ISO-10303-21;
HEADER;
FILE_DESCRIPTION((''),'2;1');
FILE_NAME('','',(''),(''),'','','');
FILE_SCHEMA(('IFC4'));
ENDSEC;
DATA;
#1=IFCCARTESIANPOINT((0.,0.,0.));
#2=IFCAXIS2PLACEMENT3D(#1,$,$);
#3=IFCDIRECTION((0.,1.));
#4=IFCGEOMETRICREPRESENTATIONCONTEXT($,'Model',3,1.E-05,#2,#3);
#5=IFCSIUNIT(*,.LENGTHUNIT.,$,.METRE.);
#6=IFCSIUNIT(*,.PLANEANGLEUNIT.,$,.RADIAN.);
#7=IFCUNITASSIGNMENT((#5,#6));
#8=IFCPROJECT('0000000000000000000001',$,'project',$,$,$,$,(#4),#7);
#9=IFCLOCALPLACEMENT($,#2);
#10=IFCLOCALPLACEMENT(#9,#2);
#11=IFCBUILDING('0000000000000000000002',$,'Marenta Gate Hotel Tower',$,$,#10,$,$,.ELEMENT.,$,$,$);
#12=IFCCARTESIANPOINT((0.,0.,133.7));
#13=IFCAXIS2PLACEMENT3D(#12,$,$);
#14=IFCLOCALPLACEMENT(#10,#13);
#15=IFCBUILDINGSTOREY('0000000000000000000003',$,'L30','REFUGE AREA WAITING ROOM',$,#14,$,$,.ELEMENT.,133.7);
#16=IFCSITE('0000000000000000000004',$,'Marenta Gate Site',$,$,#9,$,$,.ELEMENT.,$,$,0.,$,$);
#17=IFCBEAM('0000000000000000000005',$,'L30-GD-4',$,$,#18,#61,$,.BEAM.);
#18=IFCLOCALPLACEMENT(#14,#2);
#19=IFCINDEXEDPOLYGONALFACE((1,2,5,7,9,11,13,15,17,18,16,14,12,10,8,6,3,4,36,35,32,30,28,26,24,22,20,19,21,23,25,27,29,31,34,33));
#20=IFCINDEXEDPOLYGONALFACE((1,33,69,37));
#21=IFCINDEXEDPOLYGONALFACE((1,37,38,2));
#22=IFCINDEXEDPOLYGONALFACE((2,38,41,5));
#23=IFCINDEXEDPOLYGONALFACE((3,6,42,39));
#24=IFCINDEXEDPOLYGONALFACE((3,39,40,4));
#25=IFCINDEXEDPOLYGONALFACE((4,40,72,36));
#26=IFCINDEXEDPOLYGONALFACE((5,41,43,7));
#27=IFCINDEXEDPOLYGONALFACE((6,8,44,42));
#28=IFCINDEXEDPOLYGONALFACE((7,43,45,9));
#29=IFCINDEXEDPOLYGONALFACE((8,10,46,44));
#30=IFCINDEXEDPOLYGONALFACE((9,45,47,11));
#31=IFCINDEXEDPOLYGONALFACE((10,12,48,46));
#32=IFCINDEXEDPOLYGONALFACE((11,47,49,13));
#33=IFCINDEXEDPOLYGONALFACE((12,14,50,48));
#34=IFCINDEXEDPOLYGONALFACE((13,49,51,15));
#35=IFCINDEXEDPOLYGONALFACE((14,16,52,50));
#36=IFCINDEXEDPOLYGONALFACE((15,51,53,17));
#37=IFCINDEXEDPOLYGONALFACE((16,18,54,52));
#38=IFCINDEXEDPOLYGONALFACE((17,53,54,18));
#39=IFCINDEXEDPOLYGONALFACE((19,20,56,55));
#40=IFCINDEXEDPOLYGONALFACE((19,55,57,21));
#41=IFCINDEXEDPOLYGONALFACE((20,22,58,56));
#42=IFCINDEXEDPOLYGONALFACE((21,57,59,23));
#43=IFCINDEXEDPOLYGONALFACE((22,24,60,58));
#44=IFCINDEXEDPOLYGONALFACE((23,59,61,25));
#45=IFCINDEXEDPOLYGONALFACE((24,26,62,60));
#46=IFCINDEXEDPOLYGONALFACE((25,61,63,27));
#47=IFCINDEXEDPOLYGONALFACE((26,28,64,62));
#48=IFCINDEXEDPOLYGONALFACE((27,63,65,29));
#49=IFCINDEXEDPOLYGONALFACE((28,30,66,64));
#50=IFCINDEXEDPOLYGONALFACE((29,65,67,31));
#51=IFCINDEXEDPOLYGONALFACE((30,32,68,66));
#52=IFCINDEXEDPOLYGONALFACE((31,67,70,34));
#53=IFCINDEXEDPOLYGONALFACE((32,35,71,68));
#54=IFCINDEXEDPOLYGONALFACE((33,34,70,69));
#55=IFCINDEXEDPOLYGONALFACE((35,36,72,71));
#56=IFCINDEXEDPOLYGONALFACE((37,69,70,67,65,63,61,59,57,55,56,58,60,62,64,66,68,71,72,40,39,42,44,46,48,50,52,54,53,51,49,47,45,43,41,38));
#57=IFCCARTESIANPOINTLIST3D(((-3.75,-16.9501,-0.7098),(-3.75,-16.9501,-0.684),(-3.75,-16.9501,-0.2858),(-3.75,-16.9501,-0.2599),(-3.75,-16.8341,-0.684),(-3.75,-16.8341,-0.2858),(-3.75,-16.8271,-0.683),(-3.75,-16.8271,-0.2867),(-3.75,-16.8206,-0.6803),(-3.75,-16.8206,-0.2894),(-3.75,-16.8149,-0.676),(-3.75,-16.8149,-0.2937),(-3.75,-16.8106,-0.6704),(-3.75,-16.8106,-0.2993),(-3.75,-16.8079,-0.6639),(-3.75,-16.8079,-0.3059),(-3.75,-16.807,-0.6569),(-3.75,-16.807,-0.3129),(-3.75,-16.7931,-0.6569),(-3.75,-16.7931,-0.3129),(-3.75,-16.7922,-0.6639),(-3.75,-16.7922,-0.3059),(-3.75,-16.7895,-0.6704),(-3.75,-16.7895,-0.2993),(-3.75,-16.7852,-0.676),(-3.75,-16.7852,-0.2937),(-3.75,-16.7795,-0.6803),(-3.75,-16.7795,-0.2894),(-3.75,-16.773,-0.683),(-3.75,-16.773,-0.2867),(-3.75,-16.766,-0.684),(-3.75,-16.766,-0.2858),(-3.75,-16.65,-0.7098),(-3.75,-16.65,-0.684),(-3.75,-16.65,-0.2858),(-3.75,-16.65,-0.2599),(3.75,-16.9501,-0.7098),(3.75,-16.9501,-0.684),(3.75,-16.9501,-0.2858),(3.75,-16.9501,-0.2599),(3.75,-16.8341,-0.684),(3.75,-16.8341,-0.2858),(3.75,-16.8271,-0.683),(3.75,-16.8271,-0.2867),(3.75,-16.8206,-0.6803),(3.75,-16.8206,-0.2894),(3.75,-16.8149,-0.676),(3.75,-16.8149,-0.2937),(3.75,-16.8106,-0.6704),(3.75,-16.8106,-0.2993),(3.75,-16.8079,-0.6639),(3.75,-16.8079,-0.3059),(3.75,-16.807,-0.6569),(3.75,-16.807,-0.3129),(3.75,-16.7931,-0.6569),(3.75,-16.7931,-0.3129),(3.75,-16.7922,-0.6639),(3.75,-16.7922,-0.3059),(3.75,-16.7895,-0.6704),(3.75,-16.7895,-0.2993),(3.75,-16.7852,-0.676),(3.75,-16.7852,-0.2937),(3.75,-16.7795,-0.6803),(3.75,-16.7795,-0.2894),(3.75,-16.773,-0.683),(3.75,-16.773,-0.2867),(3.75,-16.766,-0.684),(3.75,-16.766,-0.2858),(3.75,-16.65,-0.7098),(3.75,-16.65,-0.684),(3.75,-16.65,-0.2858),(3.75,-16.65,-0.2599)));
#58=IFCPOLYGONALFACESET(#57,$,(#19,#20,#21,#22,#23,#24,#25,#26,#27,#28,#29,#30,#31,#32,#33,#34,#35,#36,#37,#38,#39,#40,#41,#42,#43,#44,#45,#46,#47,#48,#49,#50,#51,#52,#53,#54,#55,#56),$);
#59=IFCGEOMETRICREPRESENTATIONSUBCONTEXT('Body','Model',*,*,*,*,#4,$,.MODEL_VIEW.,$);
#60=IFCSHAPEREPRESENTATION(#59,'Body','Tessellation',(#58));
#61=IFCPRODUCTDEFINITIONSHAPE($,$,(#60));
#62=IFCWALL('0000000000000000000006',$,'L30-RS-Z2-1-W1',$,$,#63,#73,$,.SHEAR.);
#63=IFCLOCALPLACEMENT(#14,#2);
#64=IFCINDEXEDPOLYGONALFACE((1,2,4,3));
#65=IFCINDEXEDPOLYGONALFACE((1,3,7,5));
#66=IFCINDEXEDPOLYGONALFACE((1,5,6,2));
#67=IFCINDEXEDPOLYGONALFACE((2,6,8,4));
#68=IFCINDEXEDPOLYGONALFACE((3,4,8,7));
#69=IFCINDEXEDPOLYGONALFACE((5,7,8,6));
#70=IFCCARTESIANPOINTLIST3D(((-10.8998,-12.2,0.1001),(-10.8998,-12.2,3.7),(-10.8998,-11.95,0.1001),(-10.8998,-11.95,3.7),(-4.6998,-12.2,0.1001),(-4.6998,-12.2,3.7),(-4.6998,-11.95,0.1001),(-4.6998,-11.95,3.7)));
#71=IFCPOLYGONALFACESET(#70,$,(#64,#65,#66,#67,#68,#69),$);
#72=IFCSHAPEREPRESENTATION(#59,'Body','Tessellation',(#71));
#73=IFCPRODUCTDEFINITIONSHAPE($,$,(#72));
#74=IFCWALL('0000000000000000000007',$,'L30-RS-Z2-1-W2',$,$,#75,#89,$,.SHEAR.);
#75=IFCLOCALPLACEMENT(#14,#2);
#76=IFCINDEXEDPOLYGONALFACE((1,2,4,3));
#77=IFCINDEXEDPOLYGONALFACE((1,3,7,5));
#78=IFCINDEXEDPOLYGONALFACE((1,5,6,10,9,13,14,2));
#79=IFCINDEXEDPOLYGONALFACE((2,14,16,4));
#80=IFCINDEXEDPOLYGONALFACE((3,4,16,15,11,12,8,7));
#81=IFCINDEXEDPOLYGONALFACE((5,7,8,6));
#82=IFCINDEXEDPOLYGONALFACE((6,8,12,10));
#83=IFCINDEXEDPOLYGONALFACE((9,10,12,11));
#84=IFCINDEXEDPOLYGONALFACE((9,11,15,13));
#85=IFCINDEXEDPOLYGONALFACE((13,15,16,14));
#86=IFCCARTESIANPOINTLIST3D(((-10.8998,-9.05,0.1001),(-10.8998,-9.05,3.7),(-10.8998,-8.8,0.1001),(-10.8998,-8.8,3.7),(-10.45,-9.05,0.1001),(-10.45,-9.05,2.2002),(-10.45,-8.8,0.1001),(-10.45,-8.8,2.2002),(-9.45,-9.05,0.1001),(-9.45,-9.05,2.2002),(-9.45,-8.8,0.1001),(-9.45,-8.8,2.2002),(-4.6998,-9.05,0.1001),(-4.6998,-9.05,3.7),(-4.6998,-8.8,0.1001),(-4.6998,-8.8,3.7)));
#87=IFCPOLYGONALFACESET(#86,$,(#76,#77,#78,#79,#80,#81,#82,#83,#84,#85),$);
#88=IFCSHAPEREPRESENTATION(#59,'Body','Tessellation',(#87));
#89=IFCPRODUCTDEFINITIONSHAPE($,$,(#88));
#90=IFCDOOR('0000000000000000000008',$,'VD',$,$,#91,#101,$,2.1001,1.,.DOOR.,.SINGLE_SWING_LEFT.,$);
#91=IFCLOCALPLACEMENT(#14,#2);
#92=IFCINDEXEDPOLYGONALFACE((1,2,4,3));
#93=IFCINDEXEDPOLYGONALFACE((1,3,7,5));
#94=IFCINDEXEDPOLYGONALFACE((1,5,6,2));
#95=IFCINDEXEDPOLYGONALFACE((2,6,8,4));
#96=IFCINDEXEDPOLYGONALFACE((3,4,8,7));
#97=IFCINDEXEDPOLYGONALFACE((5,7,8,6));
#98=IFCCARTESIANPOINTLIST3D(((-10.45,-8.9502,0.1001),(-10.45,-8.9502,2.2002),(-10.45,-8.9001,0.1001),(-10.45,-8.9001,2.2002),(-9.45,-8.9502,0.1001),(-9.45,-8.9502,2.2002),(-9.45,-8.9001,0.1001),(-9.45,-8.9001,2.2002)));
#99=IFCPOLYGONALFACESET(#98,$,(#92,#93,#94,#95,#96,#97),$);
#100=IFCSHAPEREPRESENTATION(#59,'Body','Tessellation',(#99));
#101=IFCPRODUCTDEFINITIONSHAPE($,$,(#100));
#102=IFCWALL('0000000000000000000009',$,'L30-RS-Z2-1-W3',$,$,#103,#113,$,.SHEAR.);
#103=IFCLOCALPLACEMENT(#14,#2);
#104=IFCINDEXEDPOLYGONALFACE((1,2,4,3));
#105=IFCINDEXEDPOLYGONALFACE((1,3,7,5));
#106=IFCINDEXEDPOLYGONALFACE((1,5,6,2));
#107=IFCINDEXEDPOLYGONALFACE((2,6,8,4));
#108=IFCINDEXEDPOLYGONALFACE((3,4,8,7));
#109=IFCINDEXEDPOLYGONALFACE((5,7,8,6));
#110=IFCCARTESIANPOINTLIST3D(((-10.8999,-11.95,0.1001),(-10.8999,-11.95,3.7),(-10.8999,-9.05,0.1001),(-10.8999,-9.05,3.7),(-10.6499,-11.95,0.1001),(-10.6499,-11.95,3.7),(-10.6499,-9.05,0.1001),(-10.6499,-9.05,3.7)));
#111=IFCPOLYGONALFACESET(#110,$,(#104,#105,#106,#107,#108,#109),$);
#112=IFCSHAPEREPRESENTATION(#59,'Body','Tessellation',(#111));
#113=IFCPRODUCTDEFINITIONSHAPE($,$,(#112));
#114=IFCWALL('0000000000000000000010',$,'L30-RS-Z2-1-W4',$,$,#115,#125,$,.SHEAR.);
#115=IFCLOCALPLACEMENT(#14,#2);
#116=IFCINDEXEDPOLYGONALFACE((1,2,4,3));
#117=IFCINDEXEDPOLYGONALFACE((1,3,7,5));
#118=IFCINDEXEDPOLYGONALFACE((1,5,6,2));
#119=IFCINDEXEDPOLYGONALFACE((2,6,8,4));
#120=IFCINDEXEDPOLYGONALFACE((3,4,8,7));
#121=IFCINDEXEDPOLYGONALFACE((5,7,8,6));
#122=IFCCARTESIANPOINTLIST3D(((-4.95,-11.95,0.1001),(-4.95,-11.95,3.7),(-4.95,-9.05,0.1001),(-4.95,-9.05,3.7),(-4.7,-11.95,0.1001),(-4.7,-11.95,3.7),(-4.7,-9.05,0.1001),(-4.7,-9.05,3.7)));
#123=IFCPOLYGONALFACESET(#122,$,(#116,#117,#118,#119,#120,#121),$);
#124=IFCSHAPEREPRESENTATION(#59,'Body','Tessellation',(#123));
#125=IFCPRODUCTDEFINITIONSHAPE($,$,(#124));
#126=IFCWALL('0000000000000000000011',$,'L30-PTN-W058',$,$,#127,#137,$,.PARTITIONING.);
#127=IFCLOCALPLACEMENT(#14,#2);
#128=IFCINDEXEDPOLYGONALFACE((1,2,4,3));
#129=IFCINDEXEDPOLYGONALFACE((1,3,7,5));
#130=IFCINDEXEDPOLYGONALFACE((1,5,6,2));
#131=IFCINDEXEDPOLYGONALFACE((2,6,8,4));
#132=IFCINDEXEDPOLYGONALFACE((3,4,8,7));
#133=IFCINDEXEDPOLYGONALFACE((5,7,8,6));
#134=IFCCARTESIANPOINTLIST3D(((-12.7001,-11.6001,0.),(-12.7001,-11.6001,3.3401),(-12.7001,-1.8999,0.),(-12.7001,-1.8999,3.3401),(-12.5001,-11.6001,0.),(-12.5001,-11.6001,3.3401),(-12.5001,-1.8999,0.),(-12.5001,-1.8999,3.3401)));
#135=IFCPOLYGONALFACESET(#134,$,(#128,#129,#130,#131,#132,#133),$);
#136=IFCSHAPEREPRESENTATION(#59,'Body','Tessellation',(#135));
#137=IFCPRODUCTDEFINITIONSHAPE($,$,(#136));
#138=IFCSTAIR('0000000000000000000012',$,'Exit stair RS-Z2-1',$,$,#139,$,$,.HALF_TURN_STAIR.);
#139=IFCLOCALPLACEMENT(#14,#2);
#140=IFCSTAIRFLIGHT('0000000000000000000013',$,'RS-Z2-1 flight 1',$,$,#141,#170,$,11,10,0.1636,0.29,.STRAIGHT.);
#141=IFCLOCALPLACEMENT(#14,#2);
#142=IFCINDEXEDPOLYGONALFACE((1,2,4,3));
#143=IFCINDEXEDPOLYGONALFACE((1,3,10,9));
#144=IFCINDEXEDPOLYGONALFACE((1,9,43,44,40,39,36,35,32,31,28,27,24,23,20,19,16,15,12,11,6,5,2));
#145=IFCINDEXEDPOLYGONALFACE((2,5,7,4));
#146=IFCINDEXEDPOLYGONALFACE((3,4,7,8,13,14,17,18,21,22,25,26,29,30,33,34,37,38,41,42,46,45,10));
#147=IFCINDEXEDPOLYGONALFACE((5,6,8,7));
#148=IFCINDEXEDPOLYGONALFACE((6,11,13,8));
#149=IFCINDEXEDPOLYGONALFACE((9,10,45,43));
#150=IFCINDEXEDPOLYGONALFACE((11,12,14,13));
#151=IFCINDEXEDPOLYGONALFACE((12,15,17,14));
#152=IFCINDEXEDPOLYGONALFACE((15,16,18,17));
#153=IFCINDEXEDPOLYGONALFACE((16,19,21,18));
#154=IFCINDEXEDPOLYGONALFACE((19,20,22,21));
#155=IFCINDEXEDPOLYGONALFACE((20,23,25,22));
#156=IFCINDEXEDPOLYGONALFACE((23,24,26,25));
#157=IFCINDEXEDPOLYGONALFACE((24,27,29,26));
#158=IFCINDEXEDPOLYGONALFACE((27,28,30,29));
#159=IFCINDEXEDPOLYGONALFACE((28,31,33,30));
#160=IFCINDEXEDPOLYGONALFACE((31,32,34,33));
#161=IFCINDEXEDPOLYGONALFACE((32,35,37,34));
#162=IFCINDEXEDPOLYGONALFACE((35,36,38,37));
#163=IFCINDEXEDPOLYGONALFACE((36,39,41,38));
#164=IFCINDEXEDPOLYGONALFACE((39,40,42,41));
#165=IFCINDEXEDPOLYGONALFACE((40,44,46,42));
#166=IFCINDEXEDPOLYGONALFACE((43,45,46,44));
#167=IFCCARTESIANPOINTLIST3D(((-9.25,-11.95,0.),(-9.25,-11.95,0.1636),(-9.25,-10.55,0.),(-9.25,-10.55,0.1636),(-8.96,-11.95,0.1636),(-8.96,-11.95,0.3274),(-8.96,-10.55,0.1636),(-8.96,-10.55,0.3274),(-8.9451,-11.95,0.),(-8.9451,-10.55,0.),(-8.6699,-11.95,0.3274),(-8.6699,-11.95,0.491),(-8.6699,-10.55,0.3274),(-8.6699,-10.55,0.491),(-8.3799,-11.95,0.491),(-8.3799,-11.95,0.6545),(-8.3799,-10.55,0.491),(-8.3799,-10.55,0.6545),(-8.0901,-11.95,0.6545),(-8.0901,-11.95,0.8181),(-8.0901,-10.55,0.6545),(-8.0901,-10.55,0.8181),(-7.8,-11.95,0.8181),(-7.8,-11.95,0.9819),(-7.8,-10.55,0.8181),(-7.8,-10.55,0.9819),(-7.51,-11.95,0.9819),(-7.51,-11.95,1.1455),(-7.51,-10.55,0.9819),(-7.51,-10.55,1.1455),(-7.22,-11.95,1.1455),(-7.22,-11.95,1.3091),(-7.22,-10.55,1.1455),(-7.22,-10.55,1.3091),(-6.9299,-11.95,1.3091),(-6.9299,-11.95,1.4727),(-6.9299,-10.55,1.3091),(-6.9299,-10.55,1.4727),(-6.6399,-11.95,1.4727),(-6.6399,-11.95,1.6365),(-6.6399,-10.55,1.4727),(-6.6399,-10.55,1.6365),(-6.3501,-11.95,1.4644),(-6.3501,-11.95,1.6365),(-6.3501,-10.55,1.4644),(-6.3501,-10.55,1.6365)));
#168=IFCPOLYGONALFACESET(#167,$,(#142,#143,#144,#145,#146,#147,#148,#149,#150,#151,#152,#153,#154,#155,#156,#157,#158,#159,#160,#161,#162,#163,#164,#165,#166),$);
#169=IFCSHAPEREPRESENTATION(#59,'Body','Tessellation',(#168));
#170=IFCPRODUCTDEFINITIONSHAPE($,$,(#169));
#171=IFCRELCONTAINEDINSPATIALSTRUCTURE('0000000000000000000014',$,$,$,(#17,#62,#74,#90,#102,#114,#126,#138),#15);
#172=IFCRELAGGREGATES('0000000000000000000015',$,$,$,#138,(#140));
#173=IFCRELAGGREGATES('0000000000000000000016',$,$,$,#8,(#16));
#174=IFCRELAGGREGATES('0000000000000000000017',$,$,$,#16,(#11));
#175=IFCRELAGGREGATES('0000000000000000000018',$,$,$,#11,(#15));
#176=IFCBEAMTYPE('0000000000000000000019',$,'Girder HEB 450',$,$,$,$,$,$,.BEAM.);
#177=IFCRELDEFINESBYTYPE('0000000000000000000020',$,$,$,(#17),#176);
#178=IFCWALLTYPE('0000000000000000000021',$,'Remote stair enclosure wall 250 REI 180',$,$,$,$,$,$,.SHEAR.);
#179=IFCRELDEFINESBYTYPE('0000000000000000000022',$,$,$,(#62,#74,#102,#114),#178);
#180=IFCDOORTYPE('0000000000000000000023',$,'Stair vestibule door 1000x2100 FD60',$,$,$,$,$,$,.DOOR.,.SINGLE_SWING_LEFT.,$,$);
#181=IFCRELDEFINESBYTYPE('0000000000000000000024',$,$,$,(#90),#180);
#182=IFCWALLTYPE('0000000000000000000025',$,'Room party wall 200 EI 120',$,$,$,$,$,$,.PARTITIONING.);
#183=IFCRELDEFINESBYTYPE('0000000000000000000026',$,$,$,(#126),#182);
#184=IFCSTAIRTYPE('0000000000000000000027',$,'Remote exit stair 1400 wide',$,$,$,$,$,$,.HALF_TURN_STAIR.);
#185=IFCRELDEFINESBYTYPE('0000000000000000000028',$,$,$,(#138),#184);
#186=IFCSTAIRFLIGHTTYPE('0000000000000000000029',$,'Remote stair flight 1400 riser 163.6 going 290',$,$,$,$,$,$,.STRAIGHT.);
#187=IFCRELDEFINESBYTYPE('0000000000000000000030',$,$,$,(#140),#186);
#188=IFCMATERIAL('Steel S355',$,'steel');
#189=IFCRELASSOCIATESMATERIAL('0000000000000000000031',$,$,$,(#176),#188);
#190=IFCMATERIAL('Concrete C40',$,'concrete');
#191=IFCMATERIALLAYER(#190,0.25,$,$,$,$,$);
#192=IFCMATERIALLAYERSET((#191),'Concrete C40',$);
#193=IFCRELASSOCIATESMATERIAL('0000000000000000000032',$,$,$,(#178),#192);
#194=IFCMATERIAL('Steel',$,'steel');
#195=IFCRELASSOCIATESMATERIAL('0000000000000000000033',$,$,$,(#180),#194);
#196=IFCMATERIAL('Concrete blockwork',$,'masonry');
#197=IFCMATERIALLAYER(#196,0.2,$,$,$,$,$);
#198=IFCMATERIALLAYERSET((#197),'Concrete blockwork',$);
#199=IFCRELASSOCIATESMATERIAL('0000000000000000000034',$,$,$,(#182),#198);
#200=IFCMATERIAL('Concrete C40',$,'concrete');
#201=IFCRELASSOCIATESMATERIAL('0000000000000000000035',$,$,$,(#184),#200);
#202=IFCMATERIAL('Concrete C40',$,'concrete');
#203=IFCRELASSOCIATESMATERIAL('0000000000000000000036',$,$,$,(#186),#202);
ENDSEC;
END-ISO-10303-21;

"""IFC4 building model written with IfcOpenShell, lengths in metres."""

from ifc_helpers import new_model, si_unit, direction, frame, frame_2d, origin, origin_2d, place, context, subcontext, project, spatial, polyline, rectangle, i_section, outline, extrude, material, layer, layer_set, material_profile, profile_set, type_object, element, fill, aggregate, save


model = new_model("IFC4")

# Units and contexts
model_context = context("Model", 3, precision=1e-05, world=origin(), true_north=direction((0.0, 1.0)))
body_context = subcontext(model_context, "Body", "Model", "MODEL_VIEW")
ifc_project = project(units=[si_unit("LENGTHUNIT", "METRE"), si_unit("PLANEANGLEUNIT", "RADIAN")], contexts=[model_context])

# Site, building, storey
site_placement = place(None, origin())
site = spatial("IfcSite", under=ifc_project, at=site_placement, Name="Marenta Gate Site", CompositionType="ELEMENT", RefElevation=0.0)
building_placement = place(site_placement, origin())
building = spatial("IfcBuilding", under=site, at=building_placement, Name="Marenta Gate Hotel Tower", CompositionType="ELEMENT")
storey_placement = place(building_placement, frame((0.0, 0.0, 133.7)))
storey = spatial("IfcBuildingStorey", under=building, at=storey_placement, Name="L30", Description="REFUGE AREA WAITING ROOM", CompositionType="ELEMENT", Elevation=133.7)

# Beam
ifc_material_1 = material(Name="Steel S355", Category="steel")
ifc_material_profile = material_profile(ifc_material_1, i_section(OverallWidth=0.3, OverallDepth=0.45, WebThickness=0.0139, FlangeThickness=0.0259, FilletRadius=0.0271, at=origin_2d()), Name="HEB 450")
ifc_profile_set = profile_set([ifc_material_profile], Name="Steel S355")
beam_type = type_object("IfcBeamType", Name="Girder HEB 450", PredefinedType="BEAM", material=ifc_profile_set)
beam_placement = place(storey_placement, frame((-3.75, -16.8, -0.4849), z_axis=(1.0, 0.0, 0.0), x_axis=(0.0, 1.0, 0.0)))
element("IfcBeam", 1, at=beam_placement, inside=storey, type_object=beam_type, Name="L30-GD-4", PredefinedType="BEAM", context=body_context, shape_type="SweptSolid", body=[
    extrude(i_section(OverallWidth=0.3, OverallDepth=0.45, WebThickness=0.0139, FlangeThickness=0.0259, FilletRadius=0.0271, at=origin_2d()), origin(), (0.0, 0.0, 1.0), 7.5),
])

# Wall
ifc_material_2 = material(Name="Concrete C40", Category="concrete")
ifc_layer_1 = layer(ifc_material_2, 0.25)
ifc_layer_set_1 = layer_set([ifc_layer_1], Name="Concrete C40")
wall_type_1 = type_object("IfcWallType", Name="Remote stair enclosure wall 250 REI 180", PredefinedType="SHEAR", material=ifc_layer_set_1)
wall_1_placement = place(storey_placement, frame((-10.8999, -12.075, 0.1001), z_axis=(0.0, 0.0, 1.0), x_axis=(1.0, 0.0, 0.0)))
element("IfcWall", 2, at=wall_1_placement, inside=storey, type_object=wall_type_1, Name="L30-RS-Z2-1-W1", PredefinedType="SHEAR", context=body_context, shape_type="SweptSolid", body=[
    extrude(rectangle(XDim=6.2, YDim=0.25, at=frame_2d((3.1001, 0.0))), origin(), (0.0, 0.0, 1.0), 3.5999),
])

# Wall, opening, door
wall_2_placement = place(storey_placement, frame((-10.8999, -8.925, 0.1001), z_axis=(0.0, 0.0, 1.0), x_axis=(1.0, 0.0, 0.0)))
wall_2 = element("IfcWall", 3, at=wall_2_placement, inside=storey, type_object=wall_type_1, Name="L30-RS-Z2-1-W2", PredefinedType="SHEAR", context=body_context, shape_type="SweptSolid", body=[
    extrude(rectangle(XDim=6.2, YDim=0.25, at=frame_2d((3.1001, 0.0))), origin(), (0.0, 0.0, 1.0), 3.5999),
])
opening_1_placement = place(wall_2_placement, frame((0.45, 0.0, 0.0)))
opening_1 = element("IfcOpeningElement", 4, at=opening_1_placement, cuts=wall_2, PredefinedType="OPENING", context=body_context, shape_type="SweptSolid", body=[
    extrude(rectangle(XDim=1.0, YDim=2.1001, at=frame_2d((0.5, 1.05))), frame((0.0, 0.125, 0.0), z_axis=(0.0, -1.0, 0.0), x_axis=(1.0, 0.0, 0.0)), (0.0, 0.0, 1.0), 0.25),
])
ifc_material_3 = material(Name="Steel", Category="steel")
door_type_1 = type_object("IfcDoorType", Name="Stair vestibule door 1000x2100 FD60", OperationType="SINGLE_SWING_LEFT", PredefinedType="DOOR", material=ifc_material_3)
door_1_placement = place(opening_1_placement, origin())
door_1 = element("IfcDoor", 5, at=door_1_placement, inside=storey, type_object=door_type_1, Name="VD", OperationType="SINGLE_SWING_LEFT", OverallHeight=2.1001, OverallWidth=1.0, PredefinedType="DOOR", context=body_context, shape_type="SweptSolid", body=[
    extrude(rectangle(XDim=1.0, YDim=2.1001, at=frame_2d((0.5, 1.05))), frame((0.0, 0.0249, 0.0), z_axis=(0.0, -1.0, 0.0), x_axis=(1.0, 0.0, 0.0)), (0.0, 0.0, 1.0), 0.05),
])
fill(opening_1, door_1)

# Walls
for number, where, z_axis, x_axis, name in (
    (6, (-10.7749, -11.95, 0.1001), (0.0, 0.0, 1.0), (0.0, 1.0, 0.0), "L30-RS-Z2-1-W3"),
    (7, (-4.825, -11.95, 0.1001), (0.0, 0.0, 1.0), (0.0, 1.0, 0.0), "L30-RS-Z2-1-W4"),
):
    element("IfcWall", number, at=place(storey_placement, frame(where, z_axis=z_axis, x_axis=x_axis)), inside=storey, type_object=wall_type_1, Name=name, PredefinedType="SHEAR", context=body_context, shape_type="SweptSolid", body=[
        extrude(rectangle(XDim=2.8999, YDim=0.25, at=frame_2d((1.45, 0.0))), origin(), (0.0, 0.0, 1.0), 3.5999),
    ])

# Wall
ifc_material_4 = material(Name="Concrete blockwork", Category="masonry")
ifc_layer_2 = layer(ifc_material_4, 0.2)
ifc_layer_set_2 = layer_set([ifc_layer_2], Name="Concrete blockwork")
wall_type_2 = type_object("IfcWallType", Name="Room party wall 200 EI 120", PredefinedType="PARTITIONING", material=ifc_layer_set_2)
wall_3_placement = place(storey_placement, frame((-12.6001, -11.6001, 0.0), z_axis=(0.0, 0.0, 1.0), x_axis=(0.0, 1.0, 0.0)))
element("IfcWall", 8, at=wall_3_placement, inside=storey, type_object=wall_type_2, Name="L30-PTN-W058", PredefinedType="PARTITIONING", context=body_context, shape_type="SweptSolid", body=[
    extrude(rectangle(XDim=9.7002, YDim=0.2, at=frame_2d((4.8501, 0.0))), origin(), (0.0, 0.0, 1.0), 3.3401),
])

# Stair, stair flight
ifc_material_5 = material(Name="Concrete C40", Category="concrete")
stair_type = type_object("IfcStairType", Name="Remote exit stair 1400 wide", PredefinedType="HALF_TURN_STAIR", material=ifc_material_5)
stair_placement = place(storey_placement, origin())
stair = element("IfcStair", 9, at=stair_placement, inside=storey, type_object=stair_type, Name="Exit stair RS-Z2-1", PredefinedType="HALF_TURN_STAIR")
ifc_material_6 = material(Name="Concrete C40", Category="concrete")
stair_flight_type = type_object("IfcStairFlightType", Name="Remote stair flight 1400 riser 163.6 going 290", PredefinedType="STRAIGHT", material=ifc_material_6)
stair_flight_1_placement = place(storey_placement, frame((-9.25, -11.25, 0.0), z_axis=(0.0, 0.0, 1.0), x_axis=(1.0, 0.0, 0.0)))
stair_flight_1 = element("IfcStairFlight", 10, at=stair_flight_1_placement, type_object=stair_flight_type, Name="RS-Z2-1 flight 1", NumberOfRisers=11, NumberOfTreads=10, PredefinedType="STRAIGHT", RiserHeight=0.1636, TreadLength=0.29, context=body_context, shape_type="SweptSolid", body=[
    extrude(outline(polyline([(0.0, 0.0), (0.0, 0.1636), (0.29, 0.1636), (0.29, 0.3274), (0.5801, 0.3274), (0.5801, 0.491), (0.8701, 0.491), (0.8701, 0.6545), (1.1599, 0.6545), (1.1599, 0.8181), (1.45, 0.8181), (1.45, 0.9819), (1.74, 0.9819), (1.74, 1.1455), (2.03, 1.1455), (2.03, 1.3091), (2.3201, 1.3091), (2.3201, 1.4727), (2.6101, 1.4727), (2.6101, 1.6365), (2.8999, 1.6365), (2.8999, 1.8), (2.8999, 1.4644), (0.3049, 0.0), (0.0, 0.0)])), frame((0.0, 0.7, 0.0), z_axis=(0.0, -1.0, 0.0), x_axis=(1.0, 0.0, 0.0)), (0.0, 0.0, 1.0), 1.3999),
])
aggregate(stair, [stair_flight_1])

save(model, "model.ifc")
